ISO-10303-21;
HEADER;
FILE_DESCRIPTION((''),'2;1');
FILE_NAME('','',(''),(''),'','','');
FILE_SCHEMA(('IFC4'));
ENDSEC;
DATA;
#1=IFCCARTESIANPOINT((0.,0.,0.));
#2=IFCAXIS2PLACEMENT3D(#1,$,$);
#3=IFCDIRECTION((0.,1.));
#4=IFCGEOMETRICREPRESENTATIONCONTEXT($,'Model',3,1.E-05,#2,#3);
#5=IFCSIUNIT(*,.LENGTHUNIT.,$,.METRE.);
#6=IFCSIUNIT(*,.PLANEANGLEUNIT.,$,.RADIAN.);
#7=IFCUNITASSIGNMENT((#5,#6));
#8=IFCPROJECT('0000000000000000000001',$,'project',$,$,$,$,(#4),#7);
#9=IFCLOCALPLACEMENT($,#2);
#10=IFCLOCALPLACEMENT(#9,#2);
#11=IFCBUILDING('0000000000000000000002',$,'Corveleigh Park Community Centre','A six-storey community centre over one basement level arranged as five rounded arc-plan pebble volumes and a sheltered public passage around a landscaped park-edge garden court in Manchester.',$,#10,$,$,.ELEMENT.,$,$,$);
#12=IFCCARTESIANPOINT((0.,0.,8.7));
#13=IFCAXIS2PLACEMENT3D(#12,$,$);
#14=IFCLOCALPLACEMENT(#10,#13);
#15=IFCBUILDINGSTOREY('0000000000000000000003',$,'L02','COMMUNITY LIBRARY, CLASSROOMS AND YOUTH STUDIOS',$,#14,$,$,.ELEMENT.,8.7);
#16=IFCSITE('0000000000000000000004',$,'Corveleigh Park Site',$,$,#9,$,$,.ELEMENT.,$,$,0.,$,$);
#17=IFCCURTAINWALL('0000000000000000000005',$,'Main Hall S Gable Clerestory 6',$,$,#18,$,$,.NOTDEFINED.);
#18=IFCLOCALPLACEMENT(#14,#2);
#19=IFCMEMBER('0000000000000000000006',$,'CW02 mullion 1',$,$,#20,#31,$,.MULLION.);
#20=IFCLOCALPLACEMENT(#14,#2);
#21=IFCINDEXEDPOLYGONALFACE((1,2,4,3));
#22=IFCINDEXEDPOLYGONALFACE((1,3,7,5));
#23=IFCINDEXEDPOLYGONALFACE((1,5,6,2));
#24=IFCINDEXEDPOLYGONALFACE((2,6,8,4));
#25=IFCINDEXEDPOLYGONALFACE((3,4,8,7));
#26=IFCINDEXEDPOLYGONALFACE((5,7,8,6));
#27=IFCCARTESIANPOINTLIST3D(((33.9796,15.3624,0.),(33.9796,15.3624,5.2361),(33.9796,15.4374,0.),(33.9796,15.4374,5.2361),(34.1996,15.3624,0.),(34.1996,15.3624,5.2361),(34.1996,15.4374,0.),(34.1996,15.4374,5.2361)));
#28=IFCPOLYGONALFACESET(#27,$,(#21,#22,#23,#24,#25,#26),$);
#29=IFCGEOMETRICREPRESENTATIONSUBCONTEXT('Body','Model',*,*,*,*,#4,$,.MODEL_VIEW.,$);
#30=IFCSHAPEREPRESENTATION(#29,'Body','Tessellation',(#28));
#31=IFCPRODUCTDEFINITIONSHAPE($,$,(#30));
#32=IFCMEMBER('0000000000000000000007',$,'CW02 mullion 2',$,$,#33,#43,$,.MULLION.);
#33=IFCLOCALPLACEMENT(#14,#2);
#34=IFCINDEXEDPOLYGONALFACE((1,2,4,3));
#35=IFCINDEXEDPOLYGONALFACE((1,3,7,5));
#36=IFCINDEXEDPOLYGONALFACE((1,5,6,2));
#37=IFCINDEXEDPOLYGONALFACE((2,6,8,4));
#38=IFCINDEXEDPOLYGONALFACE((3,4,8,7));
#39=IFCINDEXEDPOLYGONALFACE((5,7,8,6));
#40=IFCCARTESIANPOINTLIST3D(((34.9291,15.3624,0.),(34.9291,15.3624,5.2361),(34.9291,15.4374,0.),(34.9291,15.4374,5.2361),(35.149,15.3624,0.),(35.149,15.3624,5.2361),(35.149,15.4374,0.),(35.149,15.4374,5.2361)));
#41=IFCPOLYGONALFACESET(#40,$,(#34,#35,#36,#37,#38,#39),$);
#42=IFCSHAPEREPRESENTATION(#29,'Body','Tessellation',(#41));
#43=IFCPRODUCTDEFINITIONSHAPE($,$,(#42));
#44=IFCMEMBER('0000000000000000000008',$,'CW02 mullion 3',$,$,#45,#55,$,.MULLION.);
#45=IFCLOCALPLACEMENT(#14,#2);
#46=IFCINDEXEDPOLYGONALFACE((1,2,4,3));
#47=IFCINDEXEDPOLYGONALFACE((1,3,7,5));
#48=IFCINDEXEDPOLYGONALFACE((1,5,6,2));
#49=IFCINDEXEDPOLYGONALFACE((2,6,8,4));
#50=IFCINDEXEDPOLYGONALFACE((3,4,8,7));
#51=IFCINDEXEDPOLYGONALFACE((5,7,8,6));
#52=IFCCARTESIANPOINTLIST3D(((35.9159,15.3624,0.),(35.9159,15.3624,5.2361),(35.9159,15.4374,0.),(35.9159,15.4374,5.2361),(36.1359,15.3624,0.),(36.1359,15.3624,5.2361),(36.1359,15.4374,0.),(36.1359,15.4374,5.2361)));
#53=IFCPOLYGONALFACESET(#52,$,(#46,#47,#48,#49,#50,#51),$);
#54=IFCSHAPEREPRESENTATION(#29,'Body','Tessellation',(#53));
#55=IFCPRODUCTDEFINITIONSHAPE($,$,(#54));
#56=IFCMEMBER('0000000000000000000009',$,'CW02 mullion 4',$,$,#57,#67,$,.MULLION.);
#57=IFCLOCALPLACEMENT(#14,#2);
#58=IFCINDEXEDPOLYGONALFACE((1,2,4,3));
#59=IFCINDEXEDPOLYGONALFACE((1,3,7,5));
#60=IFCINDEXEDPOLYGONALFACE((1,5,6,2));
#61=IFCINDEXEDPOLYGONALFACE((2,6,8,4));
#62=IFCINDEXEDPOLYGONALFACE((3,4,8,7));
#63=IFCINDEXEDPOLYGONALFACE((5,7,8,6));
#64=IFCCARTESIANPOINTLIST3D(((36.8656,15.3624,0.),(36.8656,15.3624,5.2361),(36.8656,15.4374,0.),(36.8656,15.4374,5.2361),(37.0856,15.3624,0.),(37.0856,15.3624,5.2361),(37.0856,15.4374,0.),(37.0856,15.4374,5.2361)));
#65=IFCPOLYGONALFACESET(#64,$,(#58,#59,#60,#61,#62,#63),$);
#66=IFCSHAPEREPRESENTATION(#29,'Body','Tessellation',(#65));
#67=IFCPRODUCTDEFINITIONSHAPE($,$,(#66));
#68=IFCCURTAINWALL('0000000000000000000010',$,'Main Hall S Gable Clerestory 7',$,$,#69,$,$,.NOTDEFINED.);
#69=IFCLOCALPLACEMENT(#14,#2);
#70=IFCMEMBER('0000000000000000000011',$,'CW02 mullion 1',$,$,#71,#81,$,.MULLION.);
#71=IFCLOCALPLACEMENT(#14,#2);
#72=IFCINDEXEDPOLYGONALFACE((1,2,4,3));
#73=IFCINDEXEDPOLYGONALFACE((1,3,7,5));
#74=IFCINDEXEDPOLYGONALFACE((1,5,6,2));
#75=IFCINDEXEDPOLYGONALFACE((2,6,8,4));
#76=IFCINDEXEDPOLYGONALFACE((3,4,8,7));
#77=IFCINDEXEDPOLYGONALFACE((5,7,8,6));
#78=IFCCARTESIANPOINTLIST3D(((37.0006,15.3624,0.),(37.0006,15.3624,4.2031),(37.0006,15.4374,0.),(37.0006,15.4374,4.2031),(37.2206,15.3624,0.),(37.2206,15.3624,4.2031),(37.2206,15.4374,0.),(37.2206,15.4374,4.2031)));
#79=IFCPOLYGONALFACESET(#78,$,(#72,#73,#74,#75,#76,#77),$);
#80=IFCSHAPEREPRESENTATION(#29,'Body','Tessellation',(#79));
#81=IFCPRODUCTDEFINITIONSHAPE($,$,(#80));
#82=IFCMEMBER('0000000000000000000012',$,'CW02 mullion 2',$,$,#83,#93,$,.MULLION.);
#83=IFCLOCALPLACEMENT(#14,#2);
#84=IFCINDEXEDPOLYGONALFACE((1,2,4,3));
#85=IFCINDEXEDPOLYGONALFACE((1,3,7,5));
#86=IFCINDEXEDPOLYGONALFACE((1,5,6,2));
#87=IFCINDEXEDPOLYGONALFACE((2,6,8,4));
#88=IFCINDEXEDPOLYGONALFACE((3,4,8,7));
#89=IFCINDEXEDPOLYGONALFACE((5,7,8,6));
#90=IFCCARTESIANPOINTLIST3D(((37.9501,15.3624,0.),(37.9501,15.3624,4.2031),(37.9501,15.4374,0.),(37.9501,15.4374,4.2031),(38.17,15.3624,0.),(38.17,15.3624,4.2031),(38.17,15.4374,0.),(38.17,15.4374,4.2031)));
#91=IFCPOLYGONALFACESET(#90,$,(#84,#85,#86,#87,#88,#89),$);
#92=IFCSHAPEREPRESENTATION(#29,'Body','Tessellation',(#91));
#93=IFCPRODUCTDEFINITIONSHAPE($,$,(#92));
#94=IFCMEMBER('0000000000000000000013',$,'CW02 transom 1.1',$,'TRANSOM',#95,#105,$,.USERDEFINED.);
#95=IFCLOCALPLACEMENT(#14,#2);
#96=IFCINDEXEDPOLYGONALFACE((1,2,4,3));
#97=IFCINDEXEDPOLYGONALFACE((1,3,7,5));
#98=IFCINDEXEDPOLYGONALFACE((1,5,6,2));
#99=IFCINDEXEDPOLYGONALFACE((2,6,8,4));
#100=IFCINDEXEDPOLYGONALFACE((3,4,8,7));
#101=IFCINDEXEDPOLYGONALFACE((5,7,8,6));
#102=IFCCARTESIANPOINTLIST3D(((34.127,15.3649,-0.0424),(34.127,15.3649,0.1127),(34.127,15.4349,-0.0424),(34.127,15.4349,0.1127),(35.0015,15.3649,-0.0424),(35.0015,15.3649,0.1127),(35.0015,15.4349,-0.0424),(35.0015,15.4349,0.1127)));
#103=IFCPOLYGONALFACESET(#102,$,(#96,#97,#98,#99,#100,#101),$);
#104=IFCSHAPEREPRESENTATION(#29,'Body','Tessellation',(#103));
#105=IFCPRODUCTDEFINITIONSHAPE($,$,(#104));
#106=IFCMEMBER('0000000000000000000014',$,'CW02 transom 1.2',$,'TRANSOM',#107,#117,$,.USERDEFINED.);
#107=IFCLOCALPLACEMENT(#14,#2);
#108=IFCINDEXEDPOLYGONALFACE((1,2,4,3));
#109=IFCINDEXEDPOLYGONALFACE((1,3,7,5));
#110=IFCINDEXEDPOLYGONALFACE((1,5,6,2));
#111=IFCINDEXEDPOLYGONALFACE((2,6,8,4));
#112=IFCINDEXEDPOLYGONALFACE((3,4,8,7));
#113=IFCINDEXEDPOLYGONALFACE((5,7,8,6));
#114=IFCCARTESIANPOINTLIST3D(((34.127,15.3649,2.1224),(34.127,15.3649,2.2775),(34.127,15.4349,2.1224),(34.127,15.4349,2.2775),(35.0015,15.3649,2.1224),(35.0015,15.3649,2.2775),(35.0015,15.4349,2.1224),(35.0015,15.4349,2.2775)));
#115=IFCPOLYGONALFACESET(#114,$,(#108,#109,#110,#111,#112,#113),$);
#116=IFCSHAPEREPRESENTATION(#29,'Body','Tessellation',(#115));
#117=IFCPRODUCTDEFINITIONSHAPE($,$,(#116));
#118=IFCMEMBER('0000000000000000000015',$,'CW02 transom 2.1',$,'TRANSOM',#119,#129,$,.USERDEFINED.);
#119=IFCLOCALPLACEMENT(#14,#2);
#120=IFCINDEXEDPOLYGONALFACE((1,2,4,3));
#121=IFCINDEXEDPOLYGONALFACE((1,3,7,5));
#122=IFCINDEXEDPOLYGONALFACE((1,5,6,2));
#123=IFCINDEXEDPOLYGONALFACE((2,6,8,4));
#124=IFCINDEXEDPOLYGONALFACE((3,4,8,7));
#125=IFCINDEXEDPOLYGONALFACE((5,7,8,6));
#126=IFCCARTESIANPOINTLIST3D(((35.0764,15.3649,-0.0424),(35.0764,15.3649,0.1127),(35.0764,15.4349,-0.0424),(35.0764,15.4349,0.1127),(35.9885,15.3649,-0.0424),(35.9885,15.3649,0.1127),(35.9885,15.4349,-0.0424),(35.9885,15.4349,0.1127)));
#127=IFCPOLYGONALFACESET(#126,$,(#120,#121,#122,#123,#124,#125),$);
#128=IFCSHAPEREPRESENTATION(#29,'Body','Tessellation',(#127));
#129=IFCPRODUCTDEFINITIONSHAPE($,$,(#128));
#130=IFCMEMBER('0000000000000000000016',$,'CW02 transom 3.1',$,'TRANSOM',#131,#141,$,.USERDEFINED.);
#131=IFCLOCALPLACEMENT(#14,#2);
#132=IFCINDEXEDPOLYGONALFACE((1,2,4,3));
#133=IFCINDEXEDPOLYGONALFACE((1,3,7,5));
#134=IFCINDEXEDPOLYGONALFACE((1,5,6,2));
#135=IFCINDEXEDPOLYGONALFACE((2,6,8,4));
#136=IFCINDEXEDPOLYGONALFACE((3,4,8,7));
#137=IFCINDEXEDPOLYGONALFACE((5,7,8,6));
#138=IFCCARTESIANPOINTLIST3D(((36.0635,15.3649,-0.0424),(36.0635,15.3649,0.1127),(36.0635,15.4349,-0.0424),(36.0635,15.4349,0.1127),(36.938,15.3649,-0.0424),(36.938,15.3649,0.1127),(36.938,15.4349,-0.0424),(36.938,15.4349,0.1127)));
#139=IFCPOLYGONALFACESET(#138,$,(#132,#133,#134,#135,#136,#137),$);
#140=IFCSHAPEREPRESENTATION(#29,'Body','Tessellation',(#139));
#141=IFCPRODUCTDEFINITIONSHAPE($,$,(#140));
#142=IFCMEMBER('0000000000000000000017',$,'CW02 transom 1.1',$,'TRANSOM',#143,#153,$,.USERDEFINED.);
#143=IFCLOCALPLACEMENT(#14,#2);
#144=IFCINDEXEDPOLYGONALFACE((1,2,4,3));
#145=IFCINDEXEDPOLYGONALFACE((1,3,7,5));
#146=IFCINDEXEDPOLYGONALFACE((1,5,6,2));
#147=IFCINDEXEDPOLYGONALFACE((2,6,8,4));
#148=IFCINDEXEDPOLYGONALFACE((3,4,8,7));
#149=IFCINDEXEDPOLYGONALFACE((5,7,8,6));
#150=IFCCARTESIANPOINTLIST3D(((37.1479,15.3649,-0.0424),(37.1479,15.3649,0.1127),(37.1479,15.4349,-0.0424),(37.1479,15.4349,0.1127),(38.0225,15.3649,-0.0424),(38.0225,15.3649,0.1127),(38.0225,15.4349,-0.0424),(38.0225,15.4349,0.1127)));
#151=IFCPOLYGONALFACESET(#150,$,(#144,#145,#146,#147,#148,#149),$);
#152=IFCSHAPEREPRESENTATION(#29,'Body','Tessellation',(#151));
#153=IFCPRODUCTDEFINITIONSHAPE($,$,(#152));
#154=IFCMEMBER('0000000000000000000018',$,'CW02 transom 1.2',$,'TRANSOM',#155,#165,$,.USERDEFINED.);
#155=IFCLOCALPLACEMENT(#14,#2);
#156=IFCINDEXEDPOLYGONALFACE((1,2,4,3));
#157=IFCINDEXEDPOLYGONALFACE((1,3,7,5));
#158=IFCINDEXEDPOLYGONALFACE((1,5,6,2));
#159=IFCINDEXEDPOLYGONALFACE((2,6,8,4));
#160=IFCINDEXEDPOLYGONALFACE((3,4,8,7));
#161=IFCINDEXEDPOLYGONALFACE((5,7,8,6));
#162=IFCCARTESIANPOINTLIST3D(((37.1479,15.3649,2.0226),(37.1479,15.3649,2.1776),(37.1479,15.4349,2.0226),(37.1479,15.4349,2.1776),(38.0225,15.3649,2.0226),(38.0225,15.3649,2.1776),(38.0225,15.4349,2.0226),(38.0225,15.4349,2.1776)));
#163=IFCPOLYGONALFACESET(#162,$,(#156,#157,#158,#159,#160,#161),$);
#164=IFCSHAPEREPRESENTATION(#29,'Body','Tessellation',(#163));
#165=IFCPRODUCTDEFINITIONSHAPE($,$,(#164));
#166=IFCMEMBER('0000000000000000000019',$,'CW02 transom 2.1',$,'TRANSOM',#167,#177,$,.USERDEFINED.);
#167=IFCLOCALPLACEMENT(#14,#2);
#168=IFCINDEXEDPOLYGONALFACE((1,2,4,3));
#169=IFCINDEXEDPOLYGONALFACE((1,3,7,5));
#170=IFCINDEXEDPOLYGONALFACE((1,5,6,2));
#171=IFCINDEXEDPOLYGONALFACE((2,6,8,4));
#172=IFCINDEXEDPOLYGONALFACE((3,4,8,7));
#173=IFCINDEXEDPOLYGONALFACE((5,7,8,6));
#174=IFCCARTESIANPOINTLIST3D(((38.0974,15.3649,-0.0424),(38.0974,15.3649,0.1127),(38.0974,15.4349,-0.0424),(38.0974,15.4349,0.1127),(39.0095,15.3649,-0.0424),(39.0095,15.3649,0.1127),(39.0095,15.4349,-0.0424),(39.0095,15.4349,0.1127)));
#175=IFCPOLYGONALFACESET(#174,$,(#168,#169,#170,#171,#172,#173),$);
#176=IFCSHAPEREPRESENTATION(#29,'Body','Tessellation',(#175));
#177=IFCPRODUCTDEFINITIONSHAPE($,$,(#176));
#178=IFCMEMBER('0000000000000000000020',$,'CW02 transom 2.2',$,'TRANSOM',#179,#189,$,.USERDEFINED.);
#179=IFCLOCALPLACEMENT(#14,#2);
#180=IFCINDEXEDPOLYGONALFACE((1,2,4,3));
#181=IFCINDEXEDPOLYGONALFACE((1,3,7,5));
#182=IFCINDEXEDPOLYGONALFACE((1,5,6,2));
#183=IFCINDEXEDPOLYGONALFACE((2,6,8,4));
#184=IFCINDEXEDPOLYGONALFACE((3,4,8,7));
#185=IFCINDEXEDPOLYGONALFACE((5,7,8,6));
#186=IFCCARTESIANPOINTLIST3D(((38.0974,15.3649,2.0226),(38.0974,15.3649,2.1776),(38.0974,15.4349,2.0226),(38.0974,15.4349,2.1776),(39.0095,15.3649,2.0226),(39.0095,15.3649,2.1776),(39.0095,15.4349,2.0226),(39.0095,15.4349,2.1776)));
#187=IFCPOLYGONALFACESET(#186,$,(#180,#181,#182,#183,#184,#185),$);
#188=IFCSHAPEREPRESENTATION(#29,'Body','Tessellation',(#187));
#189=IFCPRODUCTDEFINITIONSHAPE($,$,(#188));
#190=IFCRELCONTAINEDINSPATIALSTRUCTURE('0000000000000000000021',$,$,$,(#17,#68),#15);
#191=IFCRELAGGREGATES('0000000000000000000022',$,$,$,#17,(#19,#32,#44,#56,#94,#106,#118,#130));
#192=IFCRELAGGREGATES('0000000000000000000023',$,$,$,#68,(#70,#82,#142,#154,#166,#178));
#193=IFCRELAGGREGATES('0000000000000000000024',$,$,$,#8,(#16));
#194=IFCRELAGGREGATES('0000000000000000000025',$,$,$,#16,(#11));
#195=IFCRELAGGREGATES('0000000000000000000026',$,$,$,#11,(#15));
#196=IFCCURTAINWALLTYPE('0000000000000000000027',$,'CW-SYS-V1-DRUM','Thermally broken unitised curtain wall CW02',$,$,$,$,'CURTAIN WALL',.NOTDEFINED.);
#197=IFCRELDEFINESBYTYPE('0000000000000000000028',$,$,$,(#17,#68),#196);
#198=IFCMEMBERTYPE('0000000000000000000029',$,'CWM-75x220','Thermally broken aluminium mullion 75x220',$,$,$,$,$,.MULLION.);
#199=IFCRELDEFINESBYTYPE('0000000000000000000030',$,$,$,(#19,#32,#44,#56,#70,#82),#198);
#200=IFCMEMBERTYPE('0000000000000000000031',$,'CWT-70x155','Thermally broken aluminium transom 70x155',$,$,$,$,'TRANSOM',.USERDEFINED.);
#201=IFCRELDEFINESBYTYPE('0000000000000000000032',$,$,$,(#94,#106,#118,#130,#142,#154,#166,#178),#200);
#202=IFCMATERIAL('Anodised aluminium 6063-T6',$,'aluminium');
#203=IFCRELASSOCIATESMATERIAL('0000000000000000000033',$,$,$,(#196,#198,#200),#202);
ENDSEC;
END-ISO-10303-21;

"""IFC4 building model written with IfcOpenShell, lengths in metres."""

from ifc_helpers import new_model, si_unit, direction, frame, origin, origin_2d, place, context, subcontext, project, spatial, rectangle, extrude, material, material_profile, profile_set, type_object, element, aggregate, save


model = new_model("IFC4")

# Units and contexts
model_context = context("Model", 3, precision=1e-05, world=origin(), true_north=direction((0.0, 1.0)))
body_context = subcontext(model_context, "Body", "Model", "MODEL_VIEW")
ifc_project = project(units=[si_unit("LENGTHUNIT", "METRE"), si_unit("PLANEANGLEUNIT", "RADIAN")], contexts=[model_context])

# Site, building, storey
site_placement = place(None, origin())
site = spatial("IfcSite", under=ifc_project, at=site_placement, Name="Corveleigh Park Site", CompositionType="ELEMENT", RefElevation=0.0)
building_placement = place(site_placement, origin())
building = spatial("IfcBuilding", under=site, at=building_placement, Name="Corveleigh Park Community Centre", Description="A six-storey community centre over one basement level arranged as five rounded arc-plan pebble volumes and a sheltered public passage around a landscaped park-edge garden court in Manchester.", CompositionType="ELEMENT")
storey_placement = place(building_placement, frame((0.0, 0.0, 8.7)))
storey = spatial("IfcBuildingStorey", under=building, at=storey_placement, Name="L02", Description="COMMUNITY LIBRARY, CLASSROOMS AND YOUTH STUDIOS", CompositionType="ELEMENT", Elevation=8.7)

# Curtain walls, members
ifc_material_1 = material(Name="Anodised aluminium 6063-T6", Category="aluminium")
curtain_wall_type = type_object("IfcCurtainWallType", Name="CW-SYS-V1-DRUM", Description="Thermally broken unitised curtain wall CW02", ElementType="CURTAIN WALL", PredefinedType="NOTDEFINED", material=ifc_material_1)
curtain_wall_1_placement = place(storey_placement, origin())
curtain_wall_1 = element("IfcCurtainWall", 1, at=curtain_wall_1_placement, inside=storey, type_object=curtain_wall_type, Name="Main Hall S Gable Clerestory 6", PredefinedType="NOTDEFINED")
ifc_material_profile_1 = material_profile(ifc_material_1, rectangle(XDim=0.075, YDim=0.22, at=origin_2d()), Name="ALU-M75x220", Category="aluminium")
ifc_profile_set_1 = profile_set([ifc_material_profile_1], Name="Anodised aluminium 6063-T6")
member_type_1 = type_object("IfcMemberType", Name="CWM-75x220", Description="Thermally broken aluminium mullion 75x220", PredefinedType="MULLION", material=ifc_profile_set_1)
member_1_placement = place(storey_placement, frame((34.0896, 15.3999, 0.0), z_axis=(0.0, 0.0, 1.0), x_axis=(0.0, 1.0, 0.0)))
member_1 = element("IfcMember", 2, at=member_1_placement, type_object=member_type_1, Name="CW02 mullion 1", PredefinedType="MULLION", context=body_context, shape_type="SweptSolid", body=[
    extrude(rectangle(XDim=0.075, YDim=0.22, at=origin_2d()), origin(), (0.0, 0.0, 1.0), 5.2361),
])
member_2_placement = place(storey_placement, frame((35.0391, 15.3999, 0.0), z_axis=(0.0, 0.0, 1.0), x_axis=(0.0, 1.0, 0.0)))
member_2 = element("IfcMember", 3, at=member_2_placement, type_object=member_type_1, Name="CW02 mullion 2", PredefinedType="MULLION", context=body_context, shape_type="SweptSolid", body=[
    extrude(rectangle(XDim=0.075, YDim=0.22, at=origin_2d()), origin(), (0.0, 0.0, 1.0), 5.2361),
])
member_3_placement = place(storey_placement, frame((36.0259, 15.3999, 0.0), z_axis=(0.0, 0.0, 1.0), x_axis=(0.0, 1.0, 0.0)))
member_3 = element("IfcMember", 4, at=member_3_placement, type_object=member_type_1, Name="CW02 mullion 3", PredefinedType="MULLION", context=body_context, shape_type="SweptSolid", body=[
    extrude(rectangle(XDim=0.075, YDim=0.22, at=origin_2d()), origin(), (0.0, 0.0, 1.0), 5.2361),
])
member_4_placement = place(storey_placement, frame((36.9756, 15.3999, 0.0), z_axis=(0.0, 0.0, 1.0), x_axis=(0.0, 1.0, 0.0)))
member_4 = element("IfcMember", 5, at=member_4_placement, type_object=member_type_1, Name="CW02 mullion 4", PredefinedType="MULLION", context=body_context, shape_type="SweptSolid", body=[
    extrude(rectangle(XDim=0.075, YDim=0.22, at=origin_2d()), origin(), (0.0, 0.0, 1.0), 5.2361),
])
curtain_wall_2_placement = place(storey_placement, origin())
curtain_wall_2 = element("IfcCurtainWall", 6, at=curtain_wall_2_placement, inside=storey, type_object=curtain_wall_type, Name="Main Hall S Gable Clerestory 7", PredefinedType="NOTDEFINED")
member_5_placement = place(storey_placement, frame((37.1106, 15.3999, 0.0), z_axis=(0.0, 0.0, 1.0), x_axis=(0.0, 1.0, 0.0)))
member_5 = element("IfcMember", 7, at=member_5_placement, type_object=member_type_1, Name="CW02 mullion 1", PredefinedType="MULLION", context=body_context, shape_type="SweptSolid", body=[
    extrude(rectangle(XDim=0.075, YDim=0.22, at=origin_2d()), origin(), (0.0, 0.0, 1.0), 4.2031),
])
member_6_placement = place(storey_placement, frame((38.0601, 15.3999, 0.0), z_axis=(0.0, 0.0, 1.0), x_axis=(0.0, 1.0, 0.0)))
member_6 = element("IfcMember", 8, at=member_6_placement, type_object=member_type_1, Name="CW02 mullion 2", PredefinedType="MULLION", context=body_context, shape_type="SweptSolid", body=[
    extrude(rectangle(XDim=0.075, YDim=0.22, at=origin_2d()), origin(), (0.0, 0.0, 1.0), 4.2031),
])

# Members
ifc_material_profile_2 = material_profile(ifc_material_1, rectangle(XDim=0.0701, YDim=0.155, at=origin_2d()), Name="ALU-T70x155", Category="aluminium")
ifc_profile_set_2 = profile_set([ifc_material_profile_2], Name="Anodised aluminium 6063-T6")
member_type_2 = type_object("IfcMemberType", Name="CWT-70x155", Description="Thermally broken aluminium transom 70x155", ElementType="TRANSOM", PredefinedType="USERDEFINED", material=ifc_profile_set_2)
member_7_placement = place(storey_placement, frame((34.127, 15.3999, 0.0352), z_axis=(1.0, 0.0, 0.0), x_axis=(0.0, 1.0, 0.0)))
member_7 = element("IfcMember", 9, at=member_7_placement, type_object=member_type_2, Name="CW02 transom 1.1", ObjectType="TRANSOM", PredefinedType="USERDEFINED", context=body_context, shape_type="SweptSolid", body=[
    extrude(rectangle(XDim=0.0701, YDim=0.155, at=origin_2d()), origin(), (0.0, 0.0, 1.0), 0.8745),
])
member_8_placement = place(storey_placement, frame((34.127, 15.3999, 2.2), z_axis=(1.0, 0.0, 0.0), x_axis=(0.0, 1.0, 0.0)))
member_8 = element("IfcMember", 10, at=member_8_placement, type_object=member_type_2, Name="CW02 transom 1.2", ObjectType="TRANSOM", PredefinedType="USERDEFINED", context=body_context, shape_type="SweptSolid", body=[
    extrude(rectangle(XDim=0.0701, YDim=0.155, at=origin_2d()), origin(), (0.0, 0.0, 1.0), 0.8745),
])
member_9_placement = place(storey_placement, frame((35.0764, 15.3999, 0.0352), z_axis=(1.0, 0.0, 0.0), x_axis=(0.0, 1.0, 0.0)))
member_9 = element("IfcMember", 11, at=member_9_placement, type_object=member_type_2, Name="CW02 transom 2.1", ObjectType="TRANSOM", PredefinedType="USERDEFINED", context=body_context, shape_type="SweptSolid", body=[
    extrude(rectangle(XDim=0.0701, YDim=0.155, at=origin_2d()), origin(), (0.0, 0.0, 1.0), 0.9121),
])
member_10_placement = place(storey_placement, frame((36.0635, 15.3999, 0.0352), z_axis=(1.0, 0.0, 0.0), x_axis=(0.0, 1.0, 0.0)))
member_10 = element("IfcMember", 12, at=member_10_placement, type_object=member_type_2, Name="CW02 transom 3.1", ObjectType="TRANSOM", PredefinedType="USERDEFINED", context=body_context, shape_type="SweptSolid", body=[
    extrude(rectangle(XDim=0.0701, YDim=0.155, at=origin_2d()), origin(), (0.0, 0.0, 1.0), 0.8745),
])
member_11_placement = place(storey_placement, frame((37.1479, 15.3999, 0.0352), z_axis=(1.0, 0.0, 0.0), x_axis=(0.0, 1.0, 0.0)))
member_11 = element("IfcMember", 13, at=member_11_placement, type_object=member_type_2, Name="CW02 transom 1.1", ObjectType="TRANSOM", PredefinedType="USERDEFINED", context=body_context, shape_type="SweptSolid", body=[
    extrude(rectangle(XDim=0.0701, YDim=0.155, at=origin_2d()), origin(), (0.0, 0.0, 1.0), 0.8745),
])
member_12_placement = place(storey_placement, frame((37.1479, 15.3999, 2.1001), z_axis=(1.0, 0.0, 0.0), x_axis=(0.0, 1.0, 0.0)))
member_12 = element("IfcMember", 14, at=member_12_placement, type_object=member_type_2, Name="CW02 transom 1.2", ObjectType="TRANSOM", PredefinedType="USERDEFINED", context=body_context, shape_type="SweptSolid", body=[
    extrude(rectangle(XDim=0.0701, YDim=0.155, at=origin_2d()), origin(), (0.0, 0.0, 1.0), 0.8745),
])
member_13_placement = place(storey_placement, frame((38.0974, 15.3999, 0.0352), z_axis=(1.0, 0.0, 0.0), x_axis=(0.0, 1.0, 0.0)))
member_13 = element("IfcMember", 15, at=member_13_placement, type_object=member_type_2, Name="CW02 transom 2.1", ObjectType="TRANSOM", PredefinedType="USERDEFINED", context=body_context, shape_type="SweptSolid", body=[
    extrude(rectangle(XDim=0.0701, YDim=0.155, at=origin_2d()), origin(), (0.0, 0.0, 1.0), 0.9121),
])
member_14_placement = place(storey_placement, frame((38.0974, 15.3999, 2.1001), z_axis=(1.0, 0.0, 0.0), x_axis=(0.0, 1.0, 0.0)))
member_14 = element("IfcMember", 16, at=member_14_placement, type_object=member_type_2, Name="CW02 transom 2.2", ObjectType="TRANSOM", PredefinedType="USERDEFINED", context=body_context, shape_type="SweptSolid", body=[
    extrude(rectangle(XDim=0.0701, YDim=0.155, at=origin_2d()), origin(), (0.0, 0.0, 1.0), 0.9121),
])

aggregate(curtain_wall_1, [member_1, member_2, member_3, member_4, member_7, member_8, member_9, member_10])
aggregate(curtain_wall_2, [member_5, member_6, member_11, member_12, member_13, member_14])

save(model, "model.ifc")
